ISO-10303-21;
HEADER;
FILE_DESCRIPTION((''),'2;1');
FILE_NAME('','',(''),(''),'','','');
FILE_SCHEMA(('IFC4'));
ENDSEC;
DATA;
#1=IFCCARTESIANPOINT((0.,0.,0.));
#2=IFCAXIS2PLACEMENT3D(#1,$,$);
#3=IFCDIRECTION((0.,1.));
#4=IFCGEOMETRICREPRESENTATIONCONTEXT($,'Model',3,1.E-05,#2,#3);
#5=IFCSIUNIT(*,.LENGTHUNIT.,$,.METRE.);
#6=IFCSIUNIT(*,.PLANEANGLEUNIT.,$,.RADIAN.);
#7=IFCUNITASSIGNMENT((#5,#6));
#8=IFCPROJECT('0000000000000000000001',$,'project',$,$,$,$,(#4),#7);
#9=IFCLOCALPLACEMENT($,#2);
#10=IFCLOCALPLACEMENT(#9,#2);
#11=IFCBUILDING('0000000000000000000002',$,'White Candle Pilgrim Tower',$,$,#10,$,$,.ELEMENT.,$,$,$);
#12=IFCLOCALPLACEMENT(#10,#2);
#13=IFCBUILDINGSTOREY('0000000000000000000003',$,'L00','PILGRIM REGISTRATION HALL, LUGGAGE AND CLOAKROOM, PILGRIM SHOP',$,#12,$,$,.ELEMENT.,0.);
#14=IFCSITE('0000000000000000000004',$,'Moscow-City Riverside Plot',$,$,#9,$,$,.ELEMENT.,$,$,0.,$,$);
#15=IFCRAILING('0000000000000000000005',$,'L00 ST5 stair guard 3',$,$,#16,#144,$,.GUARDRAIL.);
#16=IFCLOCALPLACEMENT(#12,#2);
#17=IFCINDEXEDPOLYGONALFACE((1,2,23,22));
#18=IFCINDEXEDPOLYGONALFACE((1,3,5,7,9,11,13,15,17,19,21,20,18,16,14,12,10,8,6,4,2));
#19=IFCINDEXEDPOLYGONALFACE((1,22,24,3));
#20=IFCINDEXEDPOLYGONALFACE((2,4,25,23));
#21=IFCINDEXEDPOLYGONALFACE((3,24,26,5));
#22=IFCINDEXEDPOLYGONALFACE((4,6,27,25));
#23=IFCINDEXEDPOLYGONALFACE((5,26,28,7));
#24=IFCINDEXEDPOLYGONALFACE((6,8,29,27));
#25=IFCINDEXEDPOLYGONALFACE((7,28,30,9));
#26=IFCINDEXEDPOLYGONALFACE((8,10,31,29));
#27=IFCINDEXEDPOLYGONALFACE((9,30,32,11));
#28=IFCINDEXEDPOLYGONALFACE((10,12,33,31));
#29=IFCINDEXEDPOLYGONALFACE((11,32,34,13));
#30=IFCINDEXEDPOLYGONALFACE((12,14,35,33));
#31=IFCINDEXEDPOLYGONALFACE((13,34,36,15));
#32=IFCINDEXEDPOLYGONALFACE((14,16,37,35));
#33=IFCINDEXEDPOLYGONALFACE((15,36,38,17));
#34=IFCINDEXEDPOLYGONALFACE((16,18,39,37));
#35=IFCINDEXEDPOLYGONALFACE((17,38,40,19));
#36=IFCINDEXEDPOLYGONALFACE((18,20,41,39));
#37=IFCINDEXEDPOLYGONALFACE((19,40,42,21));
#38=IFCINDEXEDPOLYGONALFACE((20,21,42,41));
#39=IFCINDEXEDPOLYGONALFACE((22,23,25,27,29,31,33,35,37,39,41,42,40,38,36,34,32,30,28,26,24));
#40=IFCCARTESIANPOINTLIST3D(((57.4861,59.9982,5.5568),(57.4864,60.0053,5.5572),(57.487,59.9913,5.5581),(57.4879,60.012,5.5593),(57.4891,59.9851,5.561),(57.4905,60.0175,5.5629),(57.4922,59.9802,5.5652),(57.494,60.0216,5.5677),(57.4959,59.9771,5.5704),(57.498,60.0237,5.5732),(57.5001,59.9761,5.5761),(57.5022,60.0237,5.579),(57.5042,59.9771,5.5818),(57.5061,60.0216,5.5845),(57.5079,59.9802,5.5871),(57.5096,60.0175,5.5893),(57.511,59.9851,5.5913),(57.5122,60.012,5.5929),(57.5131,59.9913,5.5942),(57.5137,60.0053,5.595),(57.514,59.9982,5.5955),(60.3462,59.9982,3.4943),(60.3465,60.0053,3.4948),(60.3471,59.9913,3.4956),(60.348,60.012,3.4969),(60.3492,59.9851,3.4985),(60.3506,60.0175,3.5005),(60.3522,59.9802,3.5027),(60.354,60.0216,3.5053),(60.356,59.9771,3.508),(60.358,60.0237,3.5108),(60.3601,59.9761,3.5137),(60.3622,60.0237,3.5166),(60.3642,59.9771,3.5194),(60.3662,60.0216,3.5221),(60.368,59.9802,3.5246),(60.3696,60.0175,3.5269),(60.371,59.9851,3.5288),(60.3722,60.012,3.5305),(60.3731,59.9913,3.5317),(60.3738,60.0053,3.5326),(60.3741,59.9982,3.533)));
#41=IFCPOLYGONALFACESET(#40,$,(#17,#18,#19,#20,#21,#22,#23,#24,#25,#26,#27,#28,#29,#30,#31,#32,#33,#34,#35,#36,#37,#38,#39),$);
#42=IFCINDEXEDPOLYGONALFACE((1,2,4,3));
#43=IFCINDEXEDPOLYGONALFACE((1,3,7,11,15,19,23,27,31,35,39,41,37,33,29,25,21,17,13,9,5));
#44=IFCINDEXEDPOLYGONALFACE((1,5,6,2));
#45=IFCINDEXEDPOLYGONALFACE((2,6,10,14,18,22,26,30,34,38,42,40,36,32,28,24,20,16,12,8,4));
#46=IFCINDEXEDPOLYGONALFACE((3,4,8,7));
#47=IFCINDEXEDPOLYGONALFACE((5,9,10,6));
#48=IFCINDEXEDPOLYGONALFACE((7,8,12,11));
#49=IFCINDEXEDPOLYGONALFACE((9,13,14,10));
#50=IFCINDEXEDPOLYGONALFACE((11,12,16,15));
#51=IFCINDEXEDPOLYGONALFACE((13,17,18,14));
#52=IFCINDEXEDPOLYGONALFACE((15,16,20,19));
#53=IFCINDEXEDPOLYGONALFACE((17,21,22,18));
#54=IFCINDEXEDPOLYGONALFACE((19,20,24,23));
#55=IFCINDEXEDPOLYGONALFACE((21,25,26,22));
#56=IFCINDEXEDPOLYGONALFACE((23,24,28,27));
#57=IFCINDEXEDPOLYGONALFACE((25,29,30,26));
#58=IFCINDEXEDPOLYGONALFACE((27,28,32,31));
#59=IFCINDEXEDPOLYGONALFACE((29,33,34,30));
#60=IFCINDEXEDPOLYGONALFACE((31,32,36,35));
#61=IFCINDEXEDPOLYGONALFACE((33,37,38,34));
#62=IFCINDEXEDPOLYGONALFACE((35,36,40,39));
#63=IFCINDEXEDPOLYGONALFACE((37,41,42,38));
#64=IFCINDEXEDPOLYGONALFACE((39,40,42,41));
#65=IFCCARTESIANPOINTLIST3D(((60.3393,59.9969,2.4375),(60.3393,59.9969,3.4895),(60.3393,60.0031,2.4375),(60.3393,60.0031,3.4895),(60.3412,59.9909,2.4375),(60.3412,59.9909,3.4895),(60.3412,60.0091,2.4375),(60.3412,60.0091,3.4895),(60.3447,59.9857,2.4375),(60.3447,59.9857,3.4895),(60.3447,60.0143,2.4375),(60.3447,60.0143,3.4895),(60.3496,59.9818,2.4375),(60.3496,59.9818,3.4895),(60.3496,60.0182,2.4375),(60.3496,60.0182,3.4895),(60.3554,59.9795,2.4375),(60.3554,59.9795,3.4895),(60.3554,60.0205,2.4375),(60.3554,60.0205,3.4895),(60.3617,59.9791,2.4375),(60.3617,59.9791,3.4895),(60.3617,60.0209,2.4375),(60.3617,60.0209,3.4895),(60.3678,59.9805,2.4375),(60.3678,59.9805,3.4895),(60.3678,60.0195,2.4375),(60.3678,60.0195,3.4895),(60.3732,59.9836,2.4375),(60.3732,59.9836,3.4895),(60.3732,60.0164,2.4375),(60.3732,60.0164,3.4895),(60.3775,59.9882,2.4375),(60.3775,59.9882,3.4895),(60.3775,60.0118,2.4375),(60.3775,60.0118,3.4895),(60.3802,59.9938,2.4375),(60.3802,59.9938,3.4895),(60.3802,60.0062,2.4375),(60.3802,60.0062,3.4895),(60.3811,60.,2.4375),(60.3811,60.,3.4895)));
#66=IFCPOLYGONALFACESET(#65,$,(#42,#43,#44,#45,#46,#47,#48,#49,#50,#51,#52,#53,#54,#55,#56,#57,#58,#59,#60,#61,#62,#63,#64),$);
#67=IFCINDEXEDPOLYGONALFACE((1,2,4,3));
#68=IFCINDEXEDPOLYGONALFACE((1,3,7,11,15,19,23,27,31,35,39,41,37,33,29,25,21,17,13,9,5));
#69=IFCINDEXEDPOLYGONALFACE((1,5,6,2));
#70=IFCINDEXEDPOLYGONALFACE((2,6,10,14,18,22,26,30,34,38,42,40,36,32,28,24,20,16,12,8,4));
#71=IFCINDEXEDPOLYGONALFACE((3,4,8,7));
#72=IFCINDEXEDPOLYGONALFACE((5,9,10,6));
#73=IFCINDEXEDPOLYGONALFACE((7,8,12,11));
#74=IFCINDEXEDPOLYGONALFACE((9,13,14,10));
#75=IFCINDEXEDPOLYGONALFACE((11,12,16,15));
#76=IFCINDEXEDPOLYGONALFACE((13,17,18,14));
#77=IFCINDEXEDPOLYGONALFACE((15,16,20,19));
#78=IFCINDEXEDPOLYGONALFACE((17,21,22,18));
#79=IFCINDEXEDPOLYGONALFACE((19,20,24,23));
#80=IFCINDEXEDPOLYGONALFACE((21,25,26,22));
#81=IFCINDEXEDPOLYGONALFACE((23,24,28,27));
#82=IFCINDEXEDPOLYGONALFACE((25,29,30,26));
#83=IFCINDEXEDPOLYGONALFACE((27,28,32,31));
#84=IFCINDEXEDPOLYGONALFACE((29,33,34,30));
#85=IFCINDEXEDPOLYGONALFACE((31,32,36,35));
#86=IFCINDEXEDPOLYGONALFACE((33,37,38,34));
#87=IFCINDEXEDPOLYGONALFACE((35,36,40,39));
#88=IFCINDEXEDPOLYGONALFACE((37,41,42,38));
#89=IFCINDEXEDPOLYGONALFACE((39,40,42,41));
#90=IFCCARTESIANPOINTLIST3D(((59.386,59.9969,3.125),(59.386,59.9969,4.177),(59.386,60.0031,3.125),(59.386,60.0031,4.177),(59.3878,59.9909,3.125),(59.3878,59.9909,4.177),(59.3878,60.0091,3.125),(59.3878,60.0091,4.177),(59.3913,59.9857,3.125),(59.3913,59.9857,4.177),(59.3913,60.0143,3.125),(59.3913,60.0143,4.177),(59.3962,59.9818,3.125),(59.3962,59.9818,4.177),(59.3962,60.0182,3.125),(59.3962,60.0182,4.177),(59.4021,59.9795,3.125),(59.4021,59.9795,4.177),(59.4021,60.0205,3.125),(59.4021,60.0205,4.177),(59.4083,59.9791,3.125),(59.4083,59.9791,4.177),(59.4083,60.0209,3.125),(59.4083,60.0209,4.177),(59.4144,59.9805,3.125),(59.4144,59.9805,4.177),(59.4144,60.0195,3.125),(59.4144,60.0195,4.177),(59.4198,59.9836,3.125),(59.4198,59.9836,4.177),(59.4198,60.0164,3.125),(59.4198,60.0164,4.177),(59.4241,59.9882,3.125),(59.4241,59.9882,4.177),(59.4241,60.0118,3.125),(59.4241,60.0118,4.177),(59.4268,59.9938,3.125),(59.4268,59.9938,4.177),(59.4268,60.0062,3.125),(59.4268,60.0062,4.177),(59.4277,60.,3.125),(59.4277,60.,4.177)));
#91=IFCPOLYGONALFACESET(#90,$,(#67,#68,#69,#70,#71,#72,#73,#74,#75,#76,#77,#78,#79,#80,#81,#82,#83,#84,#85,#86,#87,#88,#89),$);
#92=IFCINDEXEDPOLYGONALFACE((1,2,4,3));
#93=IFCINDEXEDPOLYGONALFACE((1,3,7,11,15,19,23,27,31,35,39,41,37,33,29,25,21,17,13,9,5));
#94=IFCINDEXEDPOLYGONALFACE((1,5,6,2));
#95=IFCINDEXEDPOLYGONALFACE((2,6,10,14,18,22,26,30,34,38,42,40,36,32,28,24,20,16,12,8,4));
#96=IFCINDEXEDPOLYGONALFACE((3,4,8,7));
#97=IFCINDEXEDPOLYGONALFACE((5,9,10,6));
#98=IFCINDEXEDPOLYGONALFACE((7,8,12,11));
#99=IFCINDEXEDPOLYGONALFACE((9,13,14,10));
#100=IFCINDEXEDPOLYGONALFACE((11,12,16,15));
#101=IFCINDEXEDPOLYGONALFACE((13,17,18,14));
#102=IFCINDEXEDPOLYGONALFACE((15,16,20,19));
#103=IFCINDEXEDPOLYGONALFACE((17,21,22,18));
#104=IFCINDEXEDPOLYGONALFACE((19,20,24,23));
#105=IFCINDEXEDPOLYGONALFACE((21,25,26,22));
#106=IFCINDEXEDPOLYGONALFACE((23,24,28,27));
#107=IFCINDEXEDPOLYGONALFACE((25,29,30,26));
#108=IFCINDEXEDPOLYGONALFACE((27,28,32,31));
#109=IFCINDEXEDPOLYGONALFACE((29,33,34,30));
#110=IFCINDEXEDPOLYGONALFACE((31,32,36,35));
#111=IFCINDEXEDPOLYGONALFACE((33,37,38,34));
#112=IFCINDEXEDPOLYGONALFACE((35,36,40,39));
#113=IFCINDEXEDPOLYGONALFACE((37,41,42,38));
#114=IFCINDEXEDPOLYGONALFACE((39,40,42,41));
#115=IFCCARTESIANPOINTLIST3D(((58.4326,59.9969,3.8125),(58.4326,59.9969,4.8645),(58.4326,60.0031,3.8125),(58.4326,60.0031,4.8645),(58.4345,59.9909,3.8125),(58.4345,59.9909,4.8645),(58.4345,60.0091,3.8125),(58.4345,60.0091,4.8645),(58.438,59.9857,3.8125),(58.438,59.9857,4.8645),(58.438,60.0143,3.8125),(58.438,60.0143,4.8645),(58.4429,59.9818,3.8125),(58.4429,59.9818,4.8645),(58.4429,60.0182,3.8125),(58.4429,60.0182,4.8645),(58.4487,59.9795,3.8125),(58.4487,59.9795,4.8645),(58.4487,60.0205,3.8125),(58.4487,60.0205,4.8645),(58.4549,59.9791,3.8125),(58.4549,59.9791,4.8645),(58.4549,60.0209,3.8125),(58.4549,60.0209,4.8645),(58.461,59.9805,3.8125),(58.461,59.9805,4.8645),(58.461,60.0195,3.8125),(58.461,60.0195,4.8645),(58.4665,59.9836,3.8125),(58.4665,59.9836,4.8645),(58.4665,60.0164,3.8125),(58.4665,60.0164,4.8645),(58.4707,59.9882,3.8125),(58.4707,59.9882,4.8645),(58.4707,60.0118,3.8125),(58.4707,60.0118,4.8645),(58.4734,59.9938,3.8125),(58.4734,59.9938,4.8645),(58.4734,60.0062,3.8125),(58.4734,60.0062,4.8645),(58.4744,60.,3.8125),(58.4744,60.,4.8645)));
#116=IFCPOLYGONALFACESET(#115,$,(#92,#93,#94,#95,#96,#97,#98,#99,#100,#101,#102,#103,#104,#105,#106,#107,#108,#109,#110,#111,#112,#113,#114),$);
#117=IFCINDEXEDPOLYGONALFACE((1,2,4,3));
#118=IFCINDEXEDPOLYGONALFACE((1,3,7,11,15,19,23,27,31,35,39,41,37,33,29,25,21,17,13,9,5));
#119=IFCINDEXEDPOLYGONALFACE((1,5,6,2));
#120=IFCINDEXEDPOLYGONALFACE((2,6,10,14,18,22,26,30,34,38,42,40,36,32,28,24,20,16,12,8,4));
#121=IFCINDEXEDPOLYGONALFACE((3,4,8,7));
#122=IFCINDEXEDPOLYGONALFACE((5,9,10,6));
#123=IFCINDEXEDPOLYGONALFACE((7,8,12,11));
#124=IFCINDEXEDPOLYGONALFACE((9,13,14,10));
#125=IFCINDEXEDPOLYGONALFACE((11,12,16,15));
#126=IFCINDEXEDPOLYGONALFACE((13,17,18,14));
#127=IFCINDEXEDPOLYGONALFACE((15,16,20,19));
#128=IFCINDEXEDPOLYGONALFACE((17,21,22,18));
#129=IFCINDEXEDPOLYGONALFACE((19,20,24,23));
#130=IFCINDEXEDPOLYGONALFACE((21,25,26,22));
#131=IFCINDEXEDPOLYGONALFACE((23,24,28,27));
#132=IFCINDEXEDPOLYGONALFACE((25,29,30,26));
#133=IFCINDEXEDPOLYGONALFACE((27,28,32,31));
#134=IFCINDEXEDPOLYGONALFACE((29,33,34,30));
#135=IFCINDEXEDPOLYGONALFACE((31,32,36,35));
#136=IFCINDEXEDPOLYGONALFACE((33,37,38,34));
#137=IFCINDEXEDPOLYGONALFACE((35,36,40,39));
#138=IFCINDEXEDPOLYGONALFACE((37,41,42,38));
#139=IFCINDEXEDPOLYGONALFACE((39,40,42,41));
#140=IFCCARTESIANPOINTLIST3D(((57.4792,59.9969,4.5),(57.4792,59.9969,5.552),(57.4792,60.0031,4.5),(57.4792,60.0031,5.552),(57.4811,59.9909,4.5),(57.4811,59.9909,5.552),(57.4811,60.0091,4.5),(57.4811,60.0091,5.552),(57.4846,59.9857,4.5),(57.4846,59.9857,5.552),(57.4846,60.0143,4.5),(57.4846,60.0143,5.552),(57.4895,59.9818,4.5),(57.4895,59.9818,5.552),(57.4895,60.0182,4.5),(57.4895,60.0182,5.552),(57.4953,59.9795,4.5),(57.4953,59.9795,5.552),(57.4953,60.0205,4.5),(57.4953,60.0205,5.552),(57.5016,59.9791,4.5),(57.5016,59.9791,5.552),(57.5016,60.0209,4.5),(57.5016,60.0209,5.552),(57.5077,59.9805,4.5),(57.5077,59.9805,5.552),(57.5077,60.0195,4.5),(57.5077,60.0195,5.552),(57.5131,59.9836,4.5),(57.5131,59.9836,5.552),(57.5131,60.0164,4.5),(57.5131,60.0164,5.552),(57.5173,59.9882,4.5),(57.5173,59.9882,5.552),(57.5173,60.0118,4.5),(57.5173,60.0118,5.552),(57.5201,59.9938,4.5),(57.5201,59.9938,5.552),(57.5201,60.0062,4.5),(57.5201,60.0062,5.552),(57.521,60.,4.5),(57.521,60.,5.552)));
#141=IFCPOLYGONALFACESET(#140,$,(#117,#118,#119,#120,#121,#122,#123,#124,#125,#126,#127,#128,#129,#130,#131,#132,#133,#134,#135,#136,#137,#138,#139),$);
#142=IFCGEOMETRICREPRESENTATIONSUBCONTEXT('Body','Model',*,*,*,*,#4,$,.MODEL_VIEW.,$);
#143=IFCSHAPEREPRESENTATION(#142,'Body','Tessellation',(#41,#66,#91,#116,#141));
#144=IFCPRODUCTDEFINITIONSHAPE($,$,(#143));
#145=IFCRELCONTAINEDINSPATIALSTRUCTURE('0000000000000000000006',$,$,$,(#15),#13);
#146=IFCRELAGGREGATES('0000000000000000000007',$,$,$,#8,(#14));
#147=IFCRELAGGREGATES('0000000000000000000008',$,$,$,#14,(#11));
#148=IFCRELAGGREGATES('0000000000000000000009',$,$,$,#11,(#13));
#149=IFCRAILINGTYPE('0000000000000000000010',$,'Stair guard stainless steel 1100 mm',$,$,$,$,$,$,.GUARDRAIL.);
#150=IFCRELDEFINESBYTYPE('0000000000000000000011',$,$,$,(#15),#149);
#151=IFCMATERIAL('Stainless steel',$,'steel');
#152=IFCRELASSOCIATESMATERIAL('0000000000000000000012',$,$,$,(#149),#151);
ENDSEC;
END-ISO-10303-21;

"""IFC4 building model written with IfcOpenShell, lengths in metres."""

from ifc_helpers import new_model, si_unit, direction, frame, origin, origin_2d, place, context, subcontext, project, spatial, circle, extrude, material, type_object, element, save


model = new_model("IFC4")

# Units and contexts
model_context = context("Model", 3, precision=1e-05, world=origin(), true_north=direction((0.0, 1.0)))
body_context = subcontext(model_context, "Body", "Model", "MODEL_VIEW")
ifc_project = project(units=[si_unit("LENGTHUNIT", "METRE"), si_unit("PLANEANGLEUNIT", "RADIAN")], contexts=[model_context])

# Site, building, storey
site_placement = place(None, origin())
site = spatial("IfcSite", under=ifc_project, at=site_placement, Name="Moscow-City Riverside Plot", CompositionType="ELEMENT", RefElevation=0.0)
building_placement = place(site_placement, origin())
building = spatial("IfcBuilding", under=site, at=building_placement, Name="White Candle Pilgrim Tower", CompositionType="ELEMENT")
storey_placement = place(building_placement, origin())
storey = spatial("IfcBuildingStorey", under=building, at=storey_placement, Name="L00", Description="PILGRIM REGISTRATION HALL, LUGGAGE AND CLOAKROOM, PILGRIM SHOP", CompositionType="ELEMENT", Elevation=0.0)

# Railing
ifc_material_1 = material(Name="Stainless steel", Category="steel")
railing_type_1 = type_object("IfcRailingType", Name="Stair guard stainless steel 1100 mm", PredefinedType="GUARDRAIL", material=ifc_material_1)
railing_1_placement = place(storey_placement, frame((60.3601, 60.0, 2.4375)))
element("IfcRailing", 1, at=railing_1_placement, inside=storey, type_object=railing_type_1, Name="L00 ST5 stair guard 3", PredefinedType="GUARDRAIL", context=body_context, shape_type="SweptSolid", body=[
    extrude(circle(Radius=0.0239, at=origin_2d()), frame((0.0, 0.0, 1.0762), z_axis=(-0.811101, 0.0, 0.584906), x_axis=(0.0, -1.0, 0.0)), (0.0, 0.0, 1.0), 3.5261),
    extrude(circle(Radius=0.021, at=origin_2d()), origin(), (0.0, 0.0, 1.0), 1.052),
    extrude(circle(Radius=0.021, at=origin_2d()), frame((-0.9534, 0.0, 0.6875)), (0.0, 0.0, 1.0), 1.052),
    extrude(circle(Radius=0.021, at=origin_2d()), frame((-1.9067, 0.0, 1.375)), (0.0, 0.0, 1.0), 1.052),
    extrude(circle(Radius=0.021, at=origin_2d()), frame((-2.8601, 0.0, 2.0625)), (0.0, 0.0, 1.0), 1.052),
])

save(model, "model.ifc")
